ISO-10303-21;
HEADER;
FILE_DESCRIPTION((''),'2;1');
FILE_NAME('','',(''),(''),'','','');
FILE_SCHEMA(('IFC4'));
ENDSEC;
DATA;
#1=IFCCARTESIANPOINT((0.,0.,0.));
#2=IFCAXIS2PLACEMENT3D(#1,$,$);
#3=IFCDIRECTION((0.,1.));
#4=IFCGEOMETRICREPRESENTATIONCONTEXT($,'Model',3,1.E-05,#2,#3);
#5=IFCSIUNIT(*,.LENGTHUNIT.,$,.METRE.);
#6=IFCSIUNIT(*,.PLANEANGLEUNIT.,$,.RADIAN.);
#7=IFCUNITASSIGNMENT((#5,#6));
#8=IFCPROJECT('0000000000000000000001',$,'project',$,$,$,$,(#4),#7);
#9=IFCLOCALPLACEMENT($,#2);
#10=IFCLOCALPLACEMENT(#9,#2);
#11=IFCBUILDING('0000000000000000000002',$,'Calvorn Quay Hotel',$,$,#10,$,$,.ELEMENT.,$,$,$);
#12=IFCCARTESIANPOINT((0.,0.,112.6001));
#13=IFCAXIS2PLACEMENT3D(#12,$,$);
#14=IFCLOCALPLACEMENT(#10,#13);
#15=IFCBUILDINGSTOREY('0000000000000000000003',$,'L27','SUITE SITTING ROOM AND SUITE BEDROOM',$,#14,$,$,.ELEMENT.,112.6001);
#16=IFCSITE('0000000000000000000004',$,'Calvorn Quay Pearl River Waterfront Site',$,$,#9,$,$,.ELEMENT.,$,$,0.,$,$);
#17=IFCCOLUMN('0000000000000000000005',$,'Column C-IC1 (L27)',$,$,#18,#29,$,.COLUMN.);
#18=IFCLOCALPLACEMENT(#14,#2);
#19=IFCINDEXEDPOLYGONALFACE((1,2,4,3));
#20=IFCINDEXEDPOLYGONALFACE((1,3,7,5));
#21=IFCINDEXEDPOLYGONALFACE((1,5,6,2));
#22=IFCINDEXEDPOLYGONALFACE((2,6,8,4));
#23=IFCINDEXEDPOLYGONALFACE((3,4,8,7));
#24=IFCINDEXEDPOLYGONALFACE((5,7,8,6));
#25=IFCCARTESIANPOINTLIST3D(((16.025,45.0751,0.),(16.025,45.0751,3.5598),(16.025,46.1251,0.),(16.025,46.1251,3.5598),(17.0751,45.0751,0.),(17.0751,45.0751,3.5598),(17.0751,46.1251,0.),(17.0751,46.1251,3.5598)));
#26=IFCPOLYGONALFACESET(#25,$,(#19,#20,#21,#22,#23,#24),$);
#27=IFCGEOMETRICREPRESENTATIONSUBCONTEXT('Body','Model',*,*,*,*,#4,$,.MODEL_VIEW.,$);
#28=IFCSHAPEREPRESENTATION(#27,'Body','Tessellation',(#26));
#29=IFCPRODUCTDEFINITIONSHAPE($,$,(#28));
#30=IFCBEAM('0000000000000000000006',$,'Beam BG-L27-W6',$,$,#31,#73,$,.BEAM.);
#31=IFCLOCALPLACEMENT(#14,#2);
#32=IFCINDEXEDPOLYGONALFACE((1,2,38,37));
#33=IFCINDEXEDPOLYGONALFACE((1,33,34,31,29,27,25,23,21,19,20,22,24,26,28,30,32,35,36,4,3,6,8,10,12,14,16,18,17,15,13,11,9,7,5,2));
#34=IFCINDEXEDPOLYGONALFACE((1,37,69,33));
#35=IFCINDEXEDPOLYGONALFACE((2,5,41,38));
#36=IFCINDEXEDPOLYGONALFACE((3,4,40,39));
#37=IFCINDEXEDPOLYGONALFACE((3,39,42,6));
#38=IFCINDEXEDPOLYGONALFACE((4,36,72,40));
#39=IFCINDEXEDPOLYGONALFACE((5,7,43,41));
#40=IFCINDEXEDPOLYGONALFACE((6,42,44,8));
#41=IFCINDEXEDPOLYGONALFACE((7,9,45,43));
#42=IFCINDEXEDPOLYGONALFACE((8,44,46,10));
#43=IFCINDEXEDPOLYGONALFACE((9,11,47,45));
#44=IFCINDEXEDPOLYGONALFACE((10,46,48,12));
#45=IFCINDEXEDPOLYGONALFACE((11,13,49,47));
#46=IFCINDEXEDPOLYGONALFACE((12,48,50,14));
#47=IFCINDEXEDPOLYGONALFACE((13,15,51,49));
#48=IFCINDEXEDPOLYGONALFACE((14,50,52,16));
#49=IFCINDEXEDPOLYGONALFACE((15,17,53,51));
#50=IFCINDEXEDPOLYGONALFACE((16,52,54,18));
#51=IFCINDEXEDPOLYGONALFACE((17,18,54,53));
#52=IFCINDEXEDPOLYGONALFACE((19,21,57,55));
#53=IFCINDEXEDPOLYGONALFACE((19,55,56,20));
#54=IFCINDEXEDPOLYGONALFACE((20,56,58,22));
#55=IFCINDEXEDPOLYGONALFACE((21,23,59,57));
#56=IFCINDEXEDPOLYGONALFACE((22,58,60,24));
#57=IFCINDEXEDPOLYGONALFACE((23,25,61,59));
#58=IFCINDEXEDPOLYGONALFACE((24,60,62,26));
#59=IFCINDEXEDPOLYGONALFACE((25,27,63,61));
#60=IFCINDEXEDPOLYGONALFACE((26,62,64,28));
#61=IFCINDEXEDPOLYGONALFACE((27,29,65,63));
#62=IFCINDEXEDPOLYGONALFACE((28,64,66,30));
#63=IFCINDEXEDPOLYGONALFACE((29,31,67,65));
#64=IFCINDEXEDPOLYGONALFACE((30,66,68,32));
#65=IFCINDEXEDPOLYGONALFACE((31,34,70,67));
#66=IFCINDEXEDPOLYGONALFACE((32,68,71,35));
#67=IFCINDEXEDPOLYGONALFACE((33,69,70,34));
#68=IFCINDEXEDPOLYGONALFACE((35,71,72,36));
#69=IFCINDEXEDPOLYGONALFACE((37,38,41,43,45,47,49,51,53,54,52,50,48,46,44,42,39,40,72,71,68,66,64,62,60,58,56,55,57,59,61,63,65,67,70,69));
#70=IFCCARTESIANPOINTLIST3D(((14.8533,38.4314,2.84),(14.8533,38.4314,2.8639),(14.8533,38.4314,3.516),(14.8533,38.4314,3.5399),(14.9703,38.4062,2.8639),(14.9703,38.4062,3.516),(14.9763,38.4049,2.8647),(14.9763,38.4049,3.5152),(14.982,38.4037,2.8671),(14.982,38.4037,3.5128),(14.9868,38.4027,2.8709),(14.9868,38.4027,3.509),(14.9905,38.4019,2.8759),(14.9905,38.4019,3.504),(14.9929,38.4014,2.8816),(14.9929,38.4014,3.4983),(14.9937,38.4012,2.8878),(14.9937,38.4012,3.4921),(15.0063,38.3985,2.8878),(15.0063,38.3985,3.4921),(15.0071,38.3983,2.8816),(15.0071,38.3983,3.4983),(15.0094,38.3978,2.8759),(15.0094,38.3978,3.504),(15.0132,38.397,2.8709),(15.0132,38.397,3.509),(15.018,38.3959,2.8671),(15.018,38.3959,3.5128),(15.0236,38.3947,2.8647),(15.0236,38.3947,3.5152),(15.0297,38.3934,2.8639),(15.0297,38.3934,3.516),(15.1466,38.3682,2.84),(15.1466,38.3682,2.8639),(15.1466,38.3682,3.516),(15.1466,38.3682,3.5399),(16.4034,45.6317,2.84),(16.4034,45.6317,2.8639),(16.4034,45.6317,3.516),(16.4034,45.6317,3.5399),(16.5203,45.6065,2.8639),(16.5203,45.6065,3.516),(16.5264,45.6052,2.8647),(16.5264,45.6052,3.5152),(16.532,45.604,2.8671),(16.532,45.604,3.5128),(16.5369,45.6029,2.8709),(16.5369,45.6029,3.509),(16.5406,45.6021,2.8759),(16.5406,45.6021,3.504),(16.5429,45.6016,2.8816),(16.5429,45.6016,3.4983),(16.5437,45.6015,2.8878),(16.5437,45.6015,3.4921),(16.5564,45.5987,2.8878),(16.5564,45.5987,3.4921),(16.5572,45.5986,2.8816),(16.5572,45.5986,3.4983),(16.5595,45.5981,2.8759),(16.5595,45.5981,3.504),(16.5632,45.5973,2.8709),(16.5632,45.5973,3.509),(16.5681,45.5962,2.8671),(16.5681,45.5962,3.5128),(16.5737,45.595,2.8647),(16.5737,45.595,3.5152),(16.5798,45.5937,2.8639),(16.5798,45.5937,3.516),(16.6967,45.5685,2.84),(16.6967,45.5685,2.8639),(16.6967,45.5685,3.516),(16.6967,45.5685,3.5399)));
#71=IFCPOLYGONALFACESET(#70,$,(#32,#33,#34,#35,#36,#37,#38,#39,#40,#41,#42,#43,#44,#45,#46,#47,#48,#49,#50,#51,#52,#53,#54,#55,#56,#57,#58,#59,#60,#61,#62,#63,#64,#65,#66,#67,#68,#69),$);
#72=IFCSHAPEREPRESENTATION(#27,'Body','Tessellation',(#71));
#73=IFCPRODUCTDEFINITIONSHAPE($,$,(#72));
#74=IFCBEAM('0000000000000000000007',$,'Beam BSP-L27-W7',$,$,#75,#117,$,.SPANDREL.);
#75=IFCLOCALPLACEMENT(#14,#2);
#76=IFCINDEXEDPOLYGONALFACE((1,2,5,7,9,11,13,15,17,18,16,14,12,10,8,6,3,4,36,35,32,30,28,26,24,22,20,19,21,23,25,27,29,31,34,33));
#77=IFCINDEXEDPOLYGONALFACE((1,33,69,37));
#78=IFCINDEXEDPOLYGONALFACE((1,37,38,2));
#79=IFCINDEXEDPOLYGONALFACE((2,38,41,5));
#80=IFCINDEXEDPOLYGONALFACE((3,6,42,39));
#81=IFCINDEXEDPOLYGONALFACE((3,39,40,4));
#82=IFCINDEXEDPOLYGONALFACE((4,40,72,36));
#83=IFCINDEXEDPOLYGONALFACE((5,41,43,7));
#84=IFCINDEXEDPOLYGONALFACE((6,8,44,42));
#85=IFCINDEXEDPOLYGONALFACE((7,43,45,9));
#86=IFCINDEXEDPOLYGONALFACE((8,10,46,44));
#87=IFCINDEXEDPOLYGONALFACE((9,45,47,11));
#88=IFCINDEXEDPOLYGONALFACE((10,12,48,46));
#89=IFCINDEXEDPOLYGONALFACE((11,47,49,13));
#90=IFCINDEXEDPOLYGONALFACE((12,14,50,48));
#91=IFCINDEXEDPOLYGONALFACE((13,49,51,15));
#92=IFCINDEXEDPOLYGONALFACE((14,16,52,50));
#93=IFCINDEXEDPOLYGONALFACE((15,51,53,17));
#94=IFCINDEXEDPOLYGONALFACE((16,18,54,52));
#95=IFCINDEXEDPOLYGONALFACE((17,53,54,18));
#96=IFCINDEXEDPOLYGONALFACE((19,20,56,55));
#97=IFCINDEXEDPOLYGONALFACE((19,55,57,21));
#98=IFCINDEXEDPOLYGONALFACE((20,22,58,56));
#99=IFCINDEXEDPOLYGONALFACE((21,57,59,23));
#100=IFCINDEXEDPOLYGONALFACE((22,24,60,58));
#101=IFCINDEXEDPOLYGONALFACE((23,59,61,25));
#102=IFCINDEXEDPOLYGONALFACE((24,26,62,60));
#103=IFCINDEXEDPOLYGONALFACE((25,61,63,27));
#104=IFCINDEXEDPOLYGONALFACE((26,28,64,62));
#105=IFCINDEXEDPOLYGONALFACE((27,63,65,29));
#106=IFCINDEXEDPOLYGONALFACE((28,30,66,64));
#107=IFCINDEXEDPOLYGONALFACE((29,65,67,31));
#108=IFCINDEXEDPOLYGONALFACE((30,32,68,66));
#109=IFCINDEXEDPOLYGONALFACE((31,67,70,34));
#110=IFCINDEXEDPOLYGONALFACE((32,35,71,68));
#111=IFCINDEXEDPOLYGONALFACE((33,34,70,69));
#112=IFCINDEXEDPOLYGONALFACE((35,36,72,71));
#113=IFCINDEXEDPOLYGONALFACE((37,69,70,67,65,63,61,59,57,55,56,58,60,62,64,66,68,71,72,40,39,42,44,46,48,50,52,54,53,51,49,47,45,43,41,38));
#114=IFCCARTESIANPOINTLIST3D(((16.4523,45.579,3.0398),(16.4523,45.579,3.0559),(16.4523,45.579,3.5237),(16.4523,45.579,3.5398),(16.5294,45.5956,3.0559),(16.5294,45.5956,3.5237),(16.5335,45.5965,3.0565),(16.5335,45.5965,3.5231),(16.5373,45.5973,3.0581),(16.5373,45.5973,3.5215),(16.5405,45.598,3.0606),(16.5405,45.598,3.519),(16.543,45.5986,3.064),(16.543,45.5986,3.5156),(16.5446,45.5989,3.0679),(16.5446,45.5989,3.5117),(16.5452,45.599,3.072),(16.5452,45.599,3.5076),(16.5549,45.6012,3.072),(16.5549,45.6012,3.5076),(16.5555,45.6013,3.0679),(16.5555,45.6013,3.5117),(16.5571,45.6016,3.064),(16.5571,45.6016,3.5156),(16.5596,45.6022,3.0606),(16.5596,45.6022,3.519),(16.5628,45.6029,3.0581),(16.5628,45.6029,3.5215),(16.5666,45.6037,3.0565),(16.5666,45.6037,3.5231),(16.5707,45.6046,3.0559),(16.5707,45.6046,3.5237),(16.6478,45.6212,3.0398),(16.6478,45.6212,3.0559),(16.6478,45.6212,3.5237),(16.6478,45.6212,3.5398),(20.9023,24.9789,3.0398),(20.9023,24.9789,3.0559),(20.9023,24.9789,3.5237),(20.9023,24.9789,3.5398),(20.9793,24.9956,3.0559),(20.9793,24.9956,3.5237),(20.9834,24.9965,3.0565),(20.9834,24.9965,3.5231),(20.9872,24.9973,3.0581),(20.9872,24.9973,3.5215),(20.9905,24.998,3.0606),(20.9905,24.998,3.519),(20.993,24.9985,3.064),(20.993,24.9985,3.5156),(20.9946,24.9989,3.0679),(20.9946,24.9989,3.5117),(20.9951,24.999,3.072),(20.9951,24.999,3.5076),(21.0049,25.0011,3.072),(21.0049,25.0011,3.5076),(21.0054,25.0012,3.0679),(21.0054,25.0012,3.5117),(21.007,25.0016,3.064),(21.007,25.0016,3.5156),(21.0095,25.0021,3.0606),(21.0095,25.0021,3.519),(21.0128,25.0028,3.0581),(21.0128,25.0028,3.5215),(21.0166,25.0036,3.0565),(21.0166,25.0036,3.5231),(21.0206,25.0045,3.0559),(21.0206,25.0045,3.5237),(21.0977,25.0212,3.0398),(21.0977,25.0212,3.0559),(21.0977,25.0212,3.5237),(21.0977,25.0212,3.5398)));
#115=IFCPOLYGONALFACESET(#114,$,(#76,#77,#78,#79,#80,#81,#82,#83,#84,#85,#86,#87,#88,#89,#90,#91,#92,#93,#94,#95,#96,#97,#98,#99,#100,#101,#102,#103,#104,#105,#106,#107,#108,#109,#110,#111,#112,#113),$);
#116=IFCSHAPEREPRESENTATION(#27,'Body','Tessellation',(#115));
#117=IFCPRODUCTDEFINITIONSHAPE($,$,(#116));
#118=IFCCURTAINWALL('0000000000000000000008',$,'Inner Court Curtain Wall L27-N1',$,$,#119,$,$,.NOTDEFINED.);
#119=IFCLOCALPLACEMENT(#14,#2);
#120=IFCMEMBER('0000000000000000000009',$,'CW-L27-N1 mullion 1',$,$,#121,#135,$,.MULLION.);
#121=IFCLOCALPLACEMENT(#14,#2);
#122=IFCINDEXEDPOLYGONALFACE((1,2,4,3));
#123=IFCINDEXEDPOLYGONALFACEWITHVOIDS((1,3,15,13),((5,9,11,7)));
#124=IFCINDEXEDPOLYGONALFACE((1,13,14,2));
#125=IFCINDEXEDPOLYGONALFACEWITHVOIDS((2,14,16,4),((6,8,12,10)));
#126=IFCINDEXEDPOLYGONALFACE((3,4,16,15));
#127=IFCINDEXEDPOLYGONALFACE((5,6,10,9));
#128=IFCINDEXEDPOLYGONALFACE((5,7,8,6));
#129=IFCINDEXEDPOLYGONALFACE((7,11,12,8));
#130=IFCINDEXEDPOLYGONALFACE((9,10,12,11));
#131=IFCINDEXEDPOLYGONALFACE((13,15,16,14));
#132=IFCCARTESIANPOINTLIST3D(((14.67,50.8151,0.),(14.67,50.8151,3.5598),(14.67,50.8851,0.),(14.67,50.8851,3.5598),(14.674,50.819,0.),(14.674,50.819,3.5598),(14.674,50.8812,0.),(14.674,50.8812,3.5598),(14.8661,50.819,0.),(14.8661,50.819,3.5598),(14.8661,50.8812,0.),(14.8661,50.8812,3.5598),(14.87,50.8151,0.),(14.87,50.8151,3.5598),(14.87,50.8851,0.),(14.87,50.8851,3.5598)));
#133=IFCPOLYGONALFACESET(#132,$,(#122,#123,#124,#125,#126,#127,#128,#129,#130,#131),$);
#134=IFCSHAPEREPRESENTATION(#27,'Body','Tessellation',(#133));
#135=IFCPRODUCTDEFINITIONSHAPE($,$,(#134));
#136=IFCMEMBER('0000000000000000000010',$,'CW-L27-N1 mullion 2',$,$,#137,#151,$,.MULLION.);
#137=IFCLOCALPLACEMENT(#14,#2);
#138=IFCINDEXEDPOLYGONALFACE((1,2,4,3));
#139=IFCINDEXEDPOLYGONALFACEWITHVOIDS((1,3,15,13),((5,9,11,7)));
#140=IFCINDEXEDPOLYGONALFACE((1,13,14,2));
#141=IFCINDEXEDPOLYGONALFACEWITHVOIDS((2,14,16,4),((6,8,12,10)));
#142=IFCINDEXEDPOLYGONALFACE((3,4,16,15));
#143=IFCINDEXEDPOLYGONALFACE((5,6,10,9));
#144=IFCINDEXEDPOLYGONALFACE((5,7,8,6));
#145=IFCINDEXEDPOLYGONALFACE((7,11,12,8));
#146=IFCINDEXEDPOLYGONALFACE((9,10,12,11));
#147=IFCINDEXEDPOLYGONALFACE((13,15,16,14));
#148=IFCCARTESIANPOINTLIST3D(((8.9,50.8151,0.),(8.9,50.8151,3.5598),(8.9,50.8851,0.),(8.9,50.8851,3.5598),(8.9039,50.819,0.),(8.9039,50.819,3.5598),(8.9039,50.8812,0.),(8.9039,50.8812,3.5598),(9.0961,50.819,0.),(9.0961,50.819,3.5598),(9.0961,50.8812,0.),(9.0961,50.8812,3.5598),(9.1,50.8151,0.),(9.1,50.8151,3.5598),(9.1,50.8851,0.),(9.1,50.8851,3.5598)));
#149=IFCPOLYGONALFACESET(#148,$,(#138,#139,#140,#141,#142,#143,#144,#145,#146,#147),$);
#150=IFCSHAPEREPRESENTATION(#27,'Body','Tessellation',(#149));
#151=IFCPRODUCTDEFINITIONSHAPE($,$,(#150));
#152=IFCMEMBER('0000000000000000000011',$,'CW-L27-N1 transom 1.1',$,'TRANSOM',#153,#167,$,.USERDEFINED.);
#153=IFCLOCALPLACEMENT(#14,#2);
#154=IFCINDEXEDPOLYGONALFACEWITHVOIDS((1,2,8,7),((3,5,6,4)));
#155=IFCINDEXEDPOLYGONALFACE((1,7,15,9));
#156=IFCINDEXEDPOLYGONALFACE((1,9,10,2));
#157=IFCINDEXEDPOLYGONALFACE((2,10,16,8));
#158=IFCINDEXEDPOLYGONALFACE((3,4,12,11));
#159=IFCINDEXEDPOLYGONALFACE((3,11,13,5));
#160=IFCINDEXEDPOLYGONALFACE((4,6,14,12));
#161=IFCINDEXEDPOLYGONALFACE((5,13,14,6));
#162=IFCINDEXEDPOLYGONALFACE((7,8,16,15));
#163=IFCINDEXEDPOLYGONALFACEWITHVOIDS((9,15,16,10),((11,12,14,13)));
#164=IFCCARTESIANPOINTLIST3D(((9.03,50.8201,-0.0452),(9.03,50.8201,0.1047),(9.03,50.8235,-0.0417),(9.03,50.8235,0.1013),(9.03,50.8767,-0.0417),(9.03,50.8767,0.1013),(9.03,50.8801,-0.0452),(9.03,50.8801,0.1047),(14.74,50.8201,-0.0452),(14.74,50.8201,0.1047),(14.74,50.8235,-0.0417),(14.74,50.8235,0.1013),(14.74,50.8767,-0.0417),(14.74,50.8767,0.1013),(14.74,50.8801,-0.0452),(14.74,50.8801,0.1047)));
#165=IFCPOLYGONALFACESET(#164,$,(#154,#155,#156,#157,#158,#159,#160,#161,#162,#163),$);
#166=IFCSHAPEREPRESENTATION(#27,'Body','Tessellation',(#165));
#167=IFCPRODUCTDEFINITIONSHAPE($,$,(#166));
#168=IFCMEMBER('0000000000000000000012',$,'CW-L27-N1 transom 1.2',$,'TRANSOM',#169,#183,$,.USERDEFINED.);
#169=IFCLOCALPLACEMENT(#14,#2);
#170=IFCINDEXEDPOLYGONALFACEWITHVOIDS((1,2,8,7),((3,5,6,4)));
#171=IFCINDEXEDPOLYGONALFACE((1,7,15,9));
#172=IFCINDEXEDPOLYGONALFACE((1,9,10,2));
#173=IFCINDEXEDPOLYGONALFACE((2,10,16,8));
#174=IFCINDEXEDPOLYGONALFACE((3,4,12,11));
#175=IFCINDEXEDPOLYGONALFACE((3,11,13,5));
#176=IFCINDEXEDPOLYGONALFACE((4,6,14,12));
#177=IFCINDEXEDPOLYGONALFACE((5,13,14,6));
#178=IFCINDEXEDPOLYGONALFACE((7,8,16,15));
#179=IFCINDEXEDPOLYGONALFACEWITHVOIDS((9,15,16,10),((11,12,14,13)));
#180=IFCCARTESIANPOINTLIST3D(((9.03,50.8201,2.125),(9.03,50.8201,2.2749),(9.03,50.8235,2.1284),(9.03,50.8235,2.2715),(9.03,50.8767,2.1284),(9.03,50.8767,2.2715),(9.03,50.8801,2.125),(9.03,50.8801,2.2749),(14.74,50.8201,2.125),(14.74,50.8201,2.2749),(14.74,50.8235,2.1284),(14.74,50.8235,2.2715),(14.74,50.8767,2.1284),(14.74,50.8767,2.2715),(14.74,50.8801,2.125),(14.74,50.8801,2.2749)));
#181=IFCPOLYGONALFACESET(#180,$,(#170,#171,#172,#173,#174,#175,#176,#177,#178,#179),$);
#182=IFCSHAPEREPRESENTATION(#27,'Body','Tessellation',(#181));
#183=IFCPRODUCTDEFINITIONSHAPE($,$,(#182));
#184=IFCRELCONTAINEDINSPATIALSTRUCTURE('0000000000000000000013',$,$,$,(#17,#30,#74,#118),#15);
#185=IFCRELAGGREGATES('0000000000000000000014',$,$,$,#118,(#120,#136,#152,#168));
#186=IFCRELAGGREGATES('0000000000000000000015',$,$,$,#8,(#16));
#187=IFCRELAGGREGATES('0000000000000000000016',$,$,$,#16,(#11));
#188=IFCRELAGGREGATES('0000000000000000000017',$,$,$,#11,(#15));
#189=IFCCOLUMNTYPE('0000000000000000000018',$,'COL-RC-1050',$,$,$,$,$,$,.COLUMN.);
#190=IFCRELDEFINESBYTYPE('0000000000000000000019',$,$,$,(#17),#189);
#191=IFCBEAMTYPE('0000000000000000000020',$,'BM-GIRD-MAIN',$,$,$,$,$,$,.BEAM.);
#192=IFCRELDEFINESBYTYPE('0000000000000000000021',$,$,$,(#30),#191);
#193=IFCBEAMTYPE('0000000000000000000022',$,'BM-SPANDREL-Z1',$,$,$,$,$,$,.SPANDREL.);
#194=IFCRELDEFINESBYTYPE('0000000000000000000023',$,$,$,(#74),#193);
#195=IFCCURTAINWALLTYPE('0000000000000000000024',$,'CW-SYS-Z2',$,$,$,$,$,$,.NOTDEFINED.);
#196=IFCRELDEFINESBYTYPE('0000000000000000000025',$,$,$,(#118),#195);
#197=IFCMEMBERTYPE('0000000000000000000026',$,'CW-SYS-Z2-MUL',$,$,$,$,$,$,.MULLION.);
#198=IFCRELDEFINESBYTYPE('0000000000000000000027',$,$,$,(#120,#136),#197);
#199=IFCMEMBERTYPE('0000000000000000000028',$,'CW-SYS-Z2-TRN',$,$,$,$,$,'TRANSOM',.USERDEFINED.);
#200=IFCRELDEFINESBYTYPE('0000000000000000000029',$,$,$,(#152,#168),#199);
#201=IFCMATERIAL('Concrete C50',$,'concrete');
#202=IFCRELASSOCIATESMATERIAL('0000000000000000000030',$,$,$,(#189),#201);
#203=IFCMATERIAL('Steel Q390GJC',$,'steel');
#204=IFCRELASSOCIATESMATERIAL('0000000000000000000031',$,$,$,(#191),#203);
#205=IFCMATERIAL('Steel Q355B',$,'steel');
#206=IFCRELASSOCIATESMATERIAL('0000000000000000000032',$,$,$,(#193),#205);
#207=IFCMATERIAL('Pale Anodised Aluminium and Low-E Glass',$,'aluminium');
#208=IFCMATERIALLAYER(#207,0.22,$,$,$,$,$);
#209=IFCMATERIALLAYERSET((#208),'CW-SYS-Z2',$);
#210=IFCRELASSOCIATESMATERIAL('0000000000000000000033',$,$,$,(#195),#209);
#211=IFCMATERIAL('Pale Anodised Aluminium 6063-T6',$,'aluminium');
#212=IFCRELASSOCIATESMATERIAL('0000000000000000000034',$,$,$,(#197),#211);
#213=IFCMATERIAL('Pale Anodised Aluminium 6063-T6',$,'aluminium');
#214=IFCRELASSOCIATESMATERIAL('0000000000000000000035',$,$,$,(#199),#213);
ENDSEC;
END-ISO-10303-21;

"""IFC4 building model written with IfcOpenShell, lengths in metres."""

from ifc_helpers import new_model, si_unit, direction, frame, origin, origin_2d, place, context, subcontext, project, spatial, rectangle, hollow_rectangle, i_section, extrude, material, layer, layer_set, material_profile, profile_set, type_object, element, aggregate, save


model = new_model("IFC4")

# Units and contexts
model_context = context("Model", 3, precision=1e-05, world=origin(), true_north=direction((0.0, 1.0)))
body_context = subcontext(model_context, "Body", "Model", "MODEL_VIEW")
ifc_project = project(units=[si_unit("LENGTHUNIT", "METRE"), si_unit("PLANEANGLEUNIT", "RADIAN")], contexts=[model_context])

# Site, building, storey
site_placement = place(None, origin())
site = spatial("IfcSite", under=ifc_project, at=site_placement, Name="Calvorn Quay Pearl River Waterfront Site", CompositionType="ELEMENT", RefElevation=0.0)
building_placement = place(site_placement, origin())
building = spatial("IfcBuilding", under=site, at=building_placement, Name="Calvorn Quay Hotel", CompositionType="ELEMENT")
storey_placement = place(building_placement, frame((0.0, 0.0, 112.6001)))
storey = spatial("IfcBuildingStorey", under=building, at=storey_placement, Name="L27", Description="SUITE SITTING ROOM AND SUITE BEDROOM", CompositionType="ELEMENT", Elevation=112.6001)

# Column
ifc_material_1 = material(Name="Concrete C50", Category="concrete")
ifc_material_profile_1 = material_profile(ifc_material_1, rectangle(XDim=1.05, YDim=1.05, at=origin_2d()), Name="RC1050x1050")
ifc_profile_set_1 = profile_set([ifc_material_profile_1], Name="Concrete C50")
column_type = type_object("IfcColumnType", Name="COL-RC-1050", PredefinedType="COLUMN", material=ifc_profile_set_1)
column_placement = place(storey_placement, frame((16.55, 45.6001, 0.0), z_axis=(0.0, 0.0, 1.0), x_axis=(1.0, 0.0, 0.0)))
element("IfcColumn", 1, at=column_placement, inside=storey, type_object=column_type, Name="Column C-IC1 (L27)", PredefinedType="COLUMN", context=body_context, shape_type="SweptSolid", body=[
    extrude(rectangle(XDim=1.05, YDim=1.05, at=origin_2d()), origin(), (0.0, 0.0, 1.0), 3.5598),
])

# Beams
ifc_material_2 = material(Name="Steel Q390GJC", Category="steel")
ifc_material_profile_2 = material_profile(ifc_material_2, i_section(OverallWidth=0.3, OverallDepth=0.7, WebThickness=0.0129, FlangeThickness=0.0239, FilletRadius=0.0239, at=origin_2d()), Name="HN700x300x13x24")
ifc_profile_set_2 = profile_set([ifc_material_profile_2], Name="Steel Q390GJC")
beam_type_1 = type_object("IfcBeamType", Name="BM-GIRD-MAIN", PredefinedType="BEAM", material=ifc_profile_set_2)
beam_1_placement = place(storey_placement, frame((16.55, 45.6001, 3.1899), z_axis=(-0.210457, -0.977603, 0.0), x_axis=(0.977603, -0.210457, 0.0)))
element("IfcBeam", 2, at=beam_1_placement, inside=storey, type_object=beam_type_1, Name="Beam BG-L27-W6", PredefinedType="BEAM", context=body_context, shape_type="SweptSolid", body=[
    extrude(i_section(OverallWidth=0.3, OverallDepth=0.7, WebThickness=0.0129, FlangeThickness=0.0239, FilletRadius=0.0239, at=origin_2d()), origin(), (0.0, 0.0, 1.0), 7.3652),
])
ifc_material_3 = material(Name="Steel Q355B", Category="steel")
ifc_material_profile_3 = material_profile(ifc_material_3, i_section(OverallWidth=0.2, OverallDepth=0.5, WebThickness=0.01, FlangeThickness=0.0161, FilletRadius=0.0161, at=origin_2d()), Name="HN500x200x10x16")
ifc_profile_set_3 = profile_set([ifc_material_profile_3], Name="Steel Q355B")
beam_type_2 = type_object("IfcBeamType", Name="BM-SPANDREL-Z1", PredefinedType="SPANDREL", material=ifc_profile_set_3)
beam_2_placement = place(storey_placement, frame((16.55, 45.6001, 3.2898), z_axis=(0.211146, -0.977455, 0.0), x_axis=(0.977455, 0.211146, 0.0)))
element("IfcBeam", 3, at=beam_2_placement, inside=storey, type_object=beam_type_2, Name="Beam BSP-L27-W7", PredefinedType="SPANDREL", context=body_context, shape_type="SweptSolid", body=[
    extrude(i_section(OverallWidth=0.2, OverallDepth=0.5, WebThickness=0.01, FlangeThickness=0.0161, FilletRadius=0.0161, at=origin_2d()), origin(), (0.0, 0.0, 1.0), 21.0752),
])

# Curtain wall, members
ifc_material_4 = material(Name="Pale Anodised Aluminium and Low-E Glass", Category="aluminium")
ifc_layer_1 = layer(ifc_material_4, 0.22)
ifc_layer_set_1 = layer_set([ifc_layer_1], Name="CW-SYS-Z2")
curtain_wall_type = type_object("IfcCurtainWallType", Name="CW-SYS-Z2", PredefinedType="NOTDEFINED", material=ifc_layer_set_1)
curtain_wall_placement = place(storey_placement, origin())
curtain_wall = element("IfcCurtainWall", 4, at=curtain_wall_placement, inside=storey, type_object=curtain_wall_type, Name="Inner Court Curtain Wall L27-N1", PredefinedType="NOTDEFINED")
ifc_material_5 = material(Name="Pale Anodised Aluminium 6063-T6", Category="aluminium")
ifc_material_profile_4 = material_profile(ifc_material_5, hollow_rectangle(XDim=0.0701, YDim=0.2, WallThickness=0.0039, at=origin_2d()), Name="ALU-M200x70x4")
ifc_profile_set_4 = profile_set([ifc_material_profile_4], Name="Pale Anodised Aluminium 6063-T6")
member_type_1 = type_object("IfcMemberType", Name="CW-SYS-Z2-MUL", PredefinedType="MULLION", material=ifc_profile_set_4)
member_1_placement = place(storey_placement, frame((14.77, 50.8501, 0.0), z_axis=(0.0, 0.0, 1.0), x_axis=(0.0, -1.0, 0.0)))
member_1 = element("IfcMember", 5, at=member_1_placement, type_object=member_type_1, Name="CW-L27-N1 mullion 1", PredefinedType="MULLION", context=body_context, shape_type="SweptSolid", body=[
    extrude(hollow_rectangle(XDim=0.0701, YDim=0.2, WallThickness=0.0039, at=origin_2d()), origin(), (0.0, 0.0, 1.0), 3.5598),
])
member_2_placement = place(storey_placement, frame((9.0, 50.8501, 0.0), z_axis=(0.0, 0.0, 1.0), x_axis=(0.0, -1.0, 0.0)))
member_2 = element("IfcMember", 6, at=member_2_placement, type_object=member_type_1, Name="CW-L27-N1 mullion 2", PredefinedType="MULLION", context=body_context, shape_type="SweptSolid", body=[
    extrude(hollow_rectangle(XDim=0.0701, YDim=0.2, WallThickness=0.0039, at=origin_2d()), origin(), (0.0, 0.0, 1.0), 3.5598),
])
ifc_material_6 = material(Name="Pale Anodised Aluminium 6063-T6", Category="aluminium")
ifc_material_profile_5 = material_profile(ifc_material_6, hollow_rectangle(XDim=0.0601, YDim=0.1499, WallThickness=0.0034, at=origin_2d()), Name="ALU-T150x60x3.5")
ifc_profile_set_5 = profile_set([ifc_material_profile_5], Name="Pale Anodised Aluminium 6063-T6")
member_type_2 = type_object("IfcMemberType", Name="CW-SYS-Z2-TRN", ElementType="TRANSOM", PredefinedType="USERDEFINED", material=ifc_profile_set_5)
member_3_placement = place(storey_placement, frame((14.74, 50.8501, 0.0298), z_axis=(-1.0, 0.0, 0.0), x_axis=(0.0, -1.0, 0.0)))
member_3 = element("IfcMember", 7, at=member_3_placement, type_object=member_type_2, Name="CW-L27-N1 transom 1.1", ObjectType="TRANSOM", PredefinedType="USERDEFINED", context=body_context, shape_type="SweptSolid", body=[
    extrude(hollow_rectangle(XDim=0.0601, YDim=0.1499, WallThickness=0.0034, at=origin_2d()), origin(), (0.0, 0.0, 1.0), 5.71),
])
member_4_placement = place(storey_placement, frame((14.74, 50.8501, 2.2), z_axis=(-1.0, 0.0, 0.0), x_axis=(0.0, -1.0, 0.0)))
member_4 = element("IfcMember", 8, at=member_4_placement, type_object=member_type_2, Name="CW-L27-N1 transom 1.2", ObjectType="TRANSOM", PredefinedType="USERDEFINED", context=body_context, shape_type="SweptSolid", body=[
    extrude(hollow_rectangle(XDim=0.0601, YDim=0.1499, WallThickness=0.0034, at=origin_2d()), origin(), (0.0, 0.0, 1.0), 5.71),
])
aggregate(curtain_wall, [member_1, member_2, member_3, member_4])

save(model, "model.ifc")
